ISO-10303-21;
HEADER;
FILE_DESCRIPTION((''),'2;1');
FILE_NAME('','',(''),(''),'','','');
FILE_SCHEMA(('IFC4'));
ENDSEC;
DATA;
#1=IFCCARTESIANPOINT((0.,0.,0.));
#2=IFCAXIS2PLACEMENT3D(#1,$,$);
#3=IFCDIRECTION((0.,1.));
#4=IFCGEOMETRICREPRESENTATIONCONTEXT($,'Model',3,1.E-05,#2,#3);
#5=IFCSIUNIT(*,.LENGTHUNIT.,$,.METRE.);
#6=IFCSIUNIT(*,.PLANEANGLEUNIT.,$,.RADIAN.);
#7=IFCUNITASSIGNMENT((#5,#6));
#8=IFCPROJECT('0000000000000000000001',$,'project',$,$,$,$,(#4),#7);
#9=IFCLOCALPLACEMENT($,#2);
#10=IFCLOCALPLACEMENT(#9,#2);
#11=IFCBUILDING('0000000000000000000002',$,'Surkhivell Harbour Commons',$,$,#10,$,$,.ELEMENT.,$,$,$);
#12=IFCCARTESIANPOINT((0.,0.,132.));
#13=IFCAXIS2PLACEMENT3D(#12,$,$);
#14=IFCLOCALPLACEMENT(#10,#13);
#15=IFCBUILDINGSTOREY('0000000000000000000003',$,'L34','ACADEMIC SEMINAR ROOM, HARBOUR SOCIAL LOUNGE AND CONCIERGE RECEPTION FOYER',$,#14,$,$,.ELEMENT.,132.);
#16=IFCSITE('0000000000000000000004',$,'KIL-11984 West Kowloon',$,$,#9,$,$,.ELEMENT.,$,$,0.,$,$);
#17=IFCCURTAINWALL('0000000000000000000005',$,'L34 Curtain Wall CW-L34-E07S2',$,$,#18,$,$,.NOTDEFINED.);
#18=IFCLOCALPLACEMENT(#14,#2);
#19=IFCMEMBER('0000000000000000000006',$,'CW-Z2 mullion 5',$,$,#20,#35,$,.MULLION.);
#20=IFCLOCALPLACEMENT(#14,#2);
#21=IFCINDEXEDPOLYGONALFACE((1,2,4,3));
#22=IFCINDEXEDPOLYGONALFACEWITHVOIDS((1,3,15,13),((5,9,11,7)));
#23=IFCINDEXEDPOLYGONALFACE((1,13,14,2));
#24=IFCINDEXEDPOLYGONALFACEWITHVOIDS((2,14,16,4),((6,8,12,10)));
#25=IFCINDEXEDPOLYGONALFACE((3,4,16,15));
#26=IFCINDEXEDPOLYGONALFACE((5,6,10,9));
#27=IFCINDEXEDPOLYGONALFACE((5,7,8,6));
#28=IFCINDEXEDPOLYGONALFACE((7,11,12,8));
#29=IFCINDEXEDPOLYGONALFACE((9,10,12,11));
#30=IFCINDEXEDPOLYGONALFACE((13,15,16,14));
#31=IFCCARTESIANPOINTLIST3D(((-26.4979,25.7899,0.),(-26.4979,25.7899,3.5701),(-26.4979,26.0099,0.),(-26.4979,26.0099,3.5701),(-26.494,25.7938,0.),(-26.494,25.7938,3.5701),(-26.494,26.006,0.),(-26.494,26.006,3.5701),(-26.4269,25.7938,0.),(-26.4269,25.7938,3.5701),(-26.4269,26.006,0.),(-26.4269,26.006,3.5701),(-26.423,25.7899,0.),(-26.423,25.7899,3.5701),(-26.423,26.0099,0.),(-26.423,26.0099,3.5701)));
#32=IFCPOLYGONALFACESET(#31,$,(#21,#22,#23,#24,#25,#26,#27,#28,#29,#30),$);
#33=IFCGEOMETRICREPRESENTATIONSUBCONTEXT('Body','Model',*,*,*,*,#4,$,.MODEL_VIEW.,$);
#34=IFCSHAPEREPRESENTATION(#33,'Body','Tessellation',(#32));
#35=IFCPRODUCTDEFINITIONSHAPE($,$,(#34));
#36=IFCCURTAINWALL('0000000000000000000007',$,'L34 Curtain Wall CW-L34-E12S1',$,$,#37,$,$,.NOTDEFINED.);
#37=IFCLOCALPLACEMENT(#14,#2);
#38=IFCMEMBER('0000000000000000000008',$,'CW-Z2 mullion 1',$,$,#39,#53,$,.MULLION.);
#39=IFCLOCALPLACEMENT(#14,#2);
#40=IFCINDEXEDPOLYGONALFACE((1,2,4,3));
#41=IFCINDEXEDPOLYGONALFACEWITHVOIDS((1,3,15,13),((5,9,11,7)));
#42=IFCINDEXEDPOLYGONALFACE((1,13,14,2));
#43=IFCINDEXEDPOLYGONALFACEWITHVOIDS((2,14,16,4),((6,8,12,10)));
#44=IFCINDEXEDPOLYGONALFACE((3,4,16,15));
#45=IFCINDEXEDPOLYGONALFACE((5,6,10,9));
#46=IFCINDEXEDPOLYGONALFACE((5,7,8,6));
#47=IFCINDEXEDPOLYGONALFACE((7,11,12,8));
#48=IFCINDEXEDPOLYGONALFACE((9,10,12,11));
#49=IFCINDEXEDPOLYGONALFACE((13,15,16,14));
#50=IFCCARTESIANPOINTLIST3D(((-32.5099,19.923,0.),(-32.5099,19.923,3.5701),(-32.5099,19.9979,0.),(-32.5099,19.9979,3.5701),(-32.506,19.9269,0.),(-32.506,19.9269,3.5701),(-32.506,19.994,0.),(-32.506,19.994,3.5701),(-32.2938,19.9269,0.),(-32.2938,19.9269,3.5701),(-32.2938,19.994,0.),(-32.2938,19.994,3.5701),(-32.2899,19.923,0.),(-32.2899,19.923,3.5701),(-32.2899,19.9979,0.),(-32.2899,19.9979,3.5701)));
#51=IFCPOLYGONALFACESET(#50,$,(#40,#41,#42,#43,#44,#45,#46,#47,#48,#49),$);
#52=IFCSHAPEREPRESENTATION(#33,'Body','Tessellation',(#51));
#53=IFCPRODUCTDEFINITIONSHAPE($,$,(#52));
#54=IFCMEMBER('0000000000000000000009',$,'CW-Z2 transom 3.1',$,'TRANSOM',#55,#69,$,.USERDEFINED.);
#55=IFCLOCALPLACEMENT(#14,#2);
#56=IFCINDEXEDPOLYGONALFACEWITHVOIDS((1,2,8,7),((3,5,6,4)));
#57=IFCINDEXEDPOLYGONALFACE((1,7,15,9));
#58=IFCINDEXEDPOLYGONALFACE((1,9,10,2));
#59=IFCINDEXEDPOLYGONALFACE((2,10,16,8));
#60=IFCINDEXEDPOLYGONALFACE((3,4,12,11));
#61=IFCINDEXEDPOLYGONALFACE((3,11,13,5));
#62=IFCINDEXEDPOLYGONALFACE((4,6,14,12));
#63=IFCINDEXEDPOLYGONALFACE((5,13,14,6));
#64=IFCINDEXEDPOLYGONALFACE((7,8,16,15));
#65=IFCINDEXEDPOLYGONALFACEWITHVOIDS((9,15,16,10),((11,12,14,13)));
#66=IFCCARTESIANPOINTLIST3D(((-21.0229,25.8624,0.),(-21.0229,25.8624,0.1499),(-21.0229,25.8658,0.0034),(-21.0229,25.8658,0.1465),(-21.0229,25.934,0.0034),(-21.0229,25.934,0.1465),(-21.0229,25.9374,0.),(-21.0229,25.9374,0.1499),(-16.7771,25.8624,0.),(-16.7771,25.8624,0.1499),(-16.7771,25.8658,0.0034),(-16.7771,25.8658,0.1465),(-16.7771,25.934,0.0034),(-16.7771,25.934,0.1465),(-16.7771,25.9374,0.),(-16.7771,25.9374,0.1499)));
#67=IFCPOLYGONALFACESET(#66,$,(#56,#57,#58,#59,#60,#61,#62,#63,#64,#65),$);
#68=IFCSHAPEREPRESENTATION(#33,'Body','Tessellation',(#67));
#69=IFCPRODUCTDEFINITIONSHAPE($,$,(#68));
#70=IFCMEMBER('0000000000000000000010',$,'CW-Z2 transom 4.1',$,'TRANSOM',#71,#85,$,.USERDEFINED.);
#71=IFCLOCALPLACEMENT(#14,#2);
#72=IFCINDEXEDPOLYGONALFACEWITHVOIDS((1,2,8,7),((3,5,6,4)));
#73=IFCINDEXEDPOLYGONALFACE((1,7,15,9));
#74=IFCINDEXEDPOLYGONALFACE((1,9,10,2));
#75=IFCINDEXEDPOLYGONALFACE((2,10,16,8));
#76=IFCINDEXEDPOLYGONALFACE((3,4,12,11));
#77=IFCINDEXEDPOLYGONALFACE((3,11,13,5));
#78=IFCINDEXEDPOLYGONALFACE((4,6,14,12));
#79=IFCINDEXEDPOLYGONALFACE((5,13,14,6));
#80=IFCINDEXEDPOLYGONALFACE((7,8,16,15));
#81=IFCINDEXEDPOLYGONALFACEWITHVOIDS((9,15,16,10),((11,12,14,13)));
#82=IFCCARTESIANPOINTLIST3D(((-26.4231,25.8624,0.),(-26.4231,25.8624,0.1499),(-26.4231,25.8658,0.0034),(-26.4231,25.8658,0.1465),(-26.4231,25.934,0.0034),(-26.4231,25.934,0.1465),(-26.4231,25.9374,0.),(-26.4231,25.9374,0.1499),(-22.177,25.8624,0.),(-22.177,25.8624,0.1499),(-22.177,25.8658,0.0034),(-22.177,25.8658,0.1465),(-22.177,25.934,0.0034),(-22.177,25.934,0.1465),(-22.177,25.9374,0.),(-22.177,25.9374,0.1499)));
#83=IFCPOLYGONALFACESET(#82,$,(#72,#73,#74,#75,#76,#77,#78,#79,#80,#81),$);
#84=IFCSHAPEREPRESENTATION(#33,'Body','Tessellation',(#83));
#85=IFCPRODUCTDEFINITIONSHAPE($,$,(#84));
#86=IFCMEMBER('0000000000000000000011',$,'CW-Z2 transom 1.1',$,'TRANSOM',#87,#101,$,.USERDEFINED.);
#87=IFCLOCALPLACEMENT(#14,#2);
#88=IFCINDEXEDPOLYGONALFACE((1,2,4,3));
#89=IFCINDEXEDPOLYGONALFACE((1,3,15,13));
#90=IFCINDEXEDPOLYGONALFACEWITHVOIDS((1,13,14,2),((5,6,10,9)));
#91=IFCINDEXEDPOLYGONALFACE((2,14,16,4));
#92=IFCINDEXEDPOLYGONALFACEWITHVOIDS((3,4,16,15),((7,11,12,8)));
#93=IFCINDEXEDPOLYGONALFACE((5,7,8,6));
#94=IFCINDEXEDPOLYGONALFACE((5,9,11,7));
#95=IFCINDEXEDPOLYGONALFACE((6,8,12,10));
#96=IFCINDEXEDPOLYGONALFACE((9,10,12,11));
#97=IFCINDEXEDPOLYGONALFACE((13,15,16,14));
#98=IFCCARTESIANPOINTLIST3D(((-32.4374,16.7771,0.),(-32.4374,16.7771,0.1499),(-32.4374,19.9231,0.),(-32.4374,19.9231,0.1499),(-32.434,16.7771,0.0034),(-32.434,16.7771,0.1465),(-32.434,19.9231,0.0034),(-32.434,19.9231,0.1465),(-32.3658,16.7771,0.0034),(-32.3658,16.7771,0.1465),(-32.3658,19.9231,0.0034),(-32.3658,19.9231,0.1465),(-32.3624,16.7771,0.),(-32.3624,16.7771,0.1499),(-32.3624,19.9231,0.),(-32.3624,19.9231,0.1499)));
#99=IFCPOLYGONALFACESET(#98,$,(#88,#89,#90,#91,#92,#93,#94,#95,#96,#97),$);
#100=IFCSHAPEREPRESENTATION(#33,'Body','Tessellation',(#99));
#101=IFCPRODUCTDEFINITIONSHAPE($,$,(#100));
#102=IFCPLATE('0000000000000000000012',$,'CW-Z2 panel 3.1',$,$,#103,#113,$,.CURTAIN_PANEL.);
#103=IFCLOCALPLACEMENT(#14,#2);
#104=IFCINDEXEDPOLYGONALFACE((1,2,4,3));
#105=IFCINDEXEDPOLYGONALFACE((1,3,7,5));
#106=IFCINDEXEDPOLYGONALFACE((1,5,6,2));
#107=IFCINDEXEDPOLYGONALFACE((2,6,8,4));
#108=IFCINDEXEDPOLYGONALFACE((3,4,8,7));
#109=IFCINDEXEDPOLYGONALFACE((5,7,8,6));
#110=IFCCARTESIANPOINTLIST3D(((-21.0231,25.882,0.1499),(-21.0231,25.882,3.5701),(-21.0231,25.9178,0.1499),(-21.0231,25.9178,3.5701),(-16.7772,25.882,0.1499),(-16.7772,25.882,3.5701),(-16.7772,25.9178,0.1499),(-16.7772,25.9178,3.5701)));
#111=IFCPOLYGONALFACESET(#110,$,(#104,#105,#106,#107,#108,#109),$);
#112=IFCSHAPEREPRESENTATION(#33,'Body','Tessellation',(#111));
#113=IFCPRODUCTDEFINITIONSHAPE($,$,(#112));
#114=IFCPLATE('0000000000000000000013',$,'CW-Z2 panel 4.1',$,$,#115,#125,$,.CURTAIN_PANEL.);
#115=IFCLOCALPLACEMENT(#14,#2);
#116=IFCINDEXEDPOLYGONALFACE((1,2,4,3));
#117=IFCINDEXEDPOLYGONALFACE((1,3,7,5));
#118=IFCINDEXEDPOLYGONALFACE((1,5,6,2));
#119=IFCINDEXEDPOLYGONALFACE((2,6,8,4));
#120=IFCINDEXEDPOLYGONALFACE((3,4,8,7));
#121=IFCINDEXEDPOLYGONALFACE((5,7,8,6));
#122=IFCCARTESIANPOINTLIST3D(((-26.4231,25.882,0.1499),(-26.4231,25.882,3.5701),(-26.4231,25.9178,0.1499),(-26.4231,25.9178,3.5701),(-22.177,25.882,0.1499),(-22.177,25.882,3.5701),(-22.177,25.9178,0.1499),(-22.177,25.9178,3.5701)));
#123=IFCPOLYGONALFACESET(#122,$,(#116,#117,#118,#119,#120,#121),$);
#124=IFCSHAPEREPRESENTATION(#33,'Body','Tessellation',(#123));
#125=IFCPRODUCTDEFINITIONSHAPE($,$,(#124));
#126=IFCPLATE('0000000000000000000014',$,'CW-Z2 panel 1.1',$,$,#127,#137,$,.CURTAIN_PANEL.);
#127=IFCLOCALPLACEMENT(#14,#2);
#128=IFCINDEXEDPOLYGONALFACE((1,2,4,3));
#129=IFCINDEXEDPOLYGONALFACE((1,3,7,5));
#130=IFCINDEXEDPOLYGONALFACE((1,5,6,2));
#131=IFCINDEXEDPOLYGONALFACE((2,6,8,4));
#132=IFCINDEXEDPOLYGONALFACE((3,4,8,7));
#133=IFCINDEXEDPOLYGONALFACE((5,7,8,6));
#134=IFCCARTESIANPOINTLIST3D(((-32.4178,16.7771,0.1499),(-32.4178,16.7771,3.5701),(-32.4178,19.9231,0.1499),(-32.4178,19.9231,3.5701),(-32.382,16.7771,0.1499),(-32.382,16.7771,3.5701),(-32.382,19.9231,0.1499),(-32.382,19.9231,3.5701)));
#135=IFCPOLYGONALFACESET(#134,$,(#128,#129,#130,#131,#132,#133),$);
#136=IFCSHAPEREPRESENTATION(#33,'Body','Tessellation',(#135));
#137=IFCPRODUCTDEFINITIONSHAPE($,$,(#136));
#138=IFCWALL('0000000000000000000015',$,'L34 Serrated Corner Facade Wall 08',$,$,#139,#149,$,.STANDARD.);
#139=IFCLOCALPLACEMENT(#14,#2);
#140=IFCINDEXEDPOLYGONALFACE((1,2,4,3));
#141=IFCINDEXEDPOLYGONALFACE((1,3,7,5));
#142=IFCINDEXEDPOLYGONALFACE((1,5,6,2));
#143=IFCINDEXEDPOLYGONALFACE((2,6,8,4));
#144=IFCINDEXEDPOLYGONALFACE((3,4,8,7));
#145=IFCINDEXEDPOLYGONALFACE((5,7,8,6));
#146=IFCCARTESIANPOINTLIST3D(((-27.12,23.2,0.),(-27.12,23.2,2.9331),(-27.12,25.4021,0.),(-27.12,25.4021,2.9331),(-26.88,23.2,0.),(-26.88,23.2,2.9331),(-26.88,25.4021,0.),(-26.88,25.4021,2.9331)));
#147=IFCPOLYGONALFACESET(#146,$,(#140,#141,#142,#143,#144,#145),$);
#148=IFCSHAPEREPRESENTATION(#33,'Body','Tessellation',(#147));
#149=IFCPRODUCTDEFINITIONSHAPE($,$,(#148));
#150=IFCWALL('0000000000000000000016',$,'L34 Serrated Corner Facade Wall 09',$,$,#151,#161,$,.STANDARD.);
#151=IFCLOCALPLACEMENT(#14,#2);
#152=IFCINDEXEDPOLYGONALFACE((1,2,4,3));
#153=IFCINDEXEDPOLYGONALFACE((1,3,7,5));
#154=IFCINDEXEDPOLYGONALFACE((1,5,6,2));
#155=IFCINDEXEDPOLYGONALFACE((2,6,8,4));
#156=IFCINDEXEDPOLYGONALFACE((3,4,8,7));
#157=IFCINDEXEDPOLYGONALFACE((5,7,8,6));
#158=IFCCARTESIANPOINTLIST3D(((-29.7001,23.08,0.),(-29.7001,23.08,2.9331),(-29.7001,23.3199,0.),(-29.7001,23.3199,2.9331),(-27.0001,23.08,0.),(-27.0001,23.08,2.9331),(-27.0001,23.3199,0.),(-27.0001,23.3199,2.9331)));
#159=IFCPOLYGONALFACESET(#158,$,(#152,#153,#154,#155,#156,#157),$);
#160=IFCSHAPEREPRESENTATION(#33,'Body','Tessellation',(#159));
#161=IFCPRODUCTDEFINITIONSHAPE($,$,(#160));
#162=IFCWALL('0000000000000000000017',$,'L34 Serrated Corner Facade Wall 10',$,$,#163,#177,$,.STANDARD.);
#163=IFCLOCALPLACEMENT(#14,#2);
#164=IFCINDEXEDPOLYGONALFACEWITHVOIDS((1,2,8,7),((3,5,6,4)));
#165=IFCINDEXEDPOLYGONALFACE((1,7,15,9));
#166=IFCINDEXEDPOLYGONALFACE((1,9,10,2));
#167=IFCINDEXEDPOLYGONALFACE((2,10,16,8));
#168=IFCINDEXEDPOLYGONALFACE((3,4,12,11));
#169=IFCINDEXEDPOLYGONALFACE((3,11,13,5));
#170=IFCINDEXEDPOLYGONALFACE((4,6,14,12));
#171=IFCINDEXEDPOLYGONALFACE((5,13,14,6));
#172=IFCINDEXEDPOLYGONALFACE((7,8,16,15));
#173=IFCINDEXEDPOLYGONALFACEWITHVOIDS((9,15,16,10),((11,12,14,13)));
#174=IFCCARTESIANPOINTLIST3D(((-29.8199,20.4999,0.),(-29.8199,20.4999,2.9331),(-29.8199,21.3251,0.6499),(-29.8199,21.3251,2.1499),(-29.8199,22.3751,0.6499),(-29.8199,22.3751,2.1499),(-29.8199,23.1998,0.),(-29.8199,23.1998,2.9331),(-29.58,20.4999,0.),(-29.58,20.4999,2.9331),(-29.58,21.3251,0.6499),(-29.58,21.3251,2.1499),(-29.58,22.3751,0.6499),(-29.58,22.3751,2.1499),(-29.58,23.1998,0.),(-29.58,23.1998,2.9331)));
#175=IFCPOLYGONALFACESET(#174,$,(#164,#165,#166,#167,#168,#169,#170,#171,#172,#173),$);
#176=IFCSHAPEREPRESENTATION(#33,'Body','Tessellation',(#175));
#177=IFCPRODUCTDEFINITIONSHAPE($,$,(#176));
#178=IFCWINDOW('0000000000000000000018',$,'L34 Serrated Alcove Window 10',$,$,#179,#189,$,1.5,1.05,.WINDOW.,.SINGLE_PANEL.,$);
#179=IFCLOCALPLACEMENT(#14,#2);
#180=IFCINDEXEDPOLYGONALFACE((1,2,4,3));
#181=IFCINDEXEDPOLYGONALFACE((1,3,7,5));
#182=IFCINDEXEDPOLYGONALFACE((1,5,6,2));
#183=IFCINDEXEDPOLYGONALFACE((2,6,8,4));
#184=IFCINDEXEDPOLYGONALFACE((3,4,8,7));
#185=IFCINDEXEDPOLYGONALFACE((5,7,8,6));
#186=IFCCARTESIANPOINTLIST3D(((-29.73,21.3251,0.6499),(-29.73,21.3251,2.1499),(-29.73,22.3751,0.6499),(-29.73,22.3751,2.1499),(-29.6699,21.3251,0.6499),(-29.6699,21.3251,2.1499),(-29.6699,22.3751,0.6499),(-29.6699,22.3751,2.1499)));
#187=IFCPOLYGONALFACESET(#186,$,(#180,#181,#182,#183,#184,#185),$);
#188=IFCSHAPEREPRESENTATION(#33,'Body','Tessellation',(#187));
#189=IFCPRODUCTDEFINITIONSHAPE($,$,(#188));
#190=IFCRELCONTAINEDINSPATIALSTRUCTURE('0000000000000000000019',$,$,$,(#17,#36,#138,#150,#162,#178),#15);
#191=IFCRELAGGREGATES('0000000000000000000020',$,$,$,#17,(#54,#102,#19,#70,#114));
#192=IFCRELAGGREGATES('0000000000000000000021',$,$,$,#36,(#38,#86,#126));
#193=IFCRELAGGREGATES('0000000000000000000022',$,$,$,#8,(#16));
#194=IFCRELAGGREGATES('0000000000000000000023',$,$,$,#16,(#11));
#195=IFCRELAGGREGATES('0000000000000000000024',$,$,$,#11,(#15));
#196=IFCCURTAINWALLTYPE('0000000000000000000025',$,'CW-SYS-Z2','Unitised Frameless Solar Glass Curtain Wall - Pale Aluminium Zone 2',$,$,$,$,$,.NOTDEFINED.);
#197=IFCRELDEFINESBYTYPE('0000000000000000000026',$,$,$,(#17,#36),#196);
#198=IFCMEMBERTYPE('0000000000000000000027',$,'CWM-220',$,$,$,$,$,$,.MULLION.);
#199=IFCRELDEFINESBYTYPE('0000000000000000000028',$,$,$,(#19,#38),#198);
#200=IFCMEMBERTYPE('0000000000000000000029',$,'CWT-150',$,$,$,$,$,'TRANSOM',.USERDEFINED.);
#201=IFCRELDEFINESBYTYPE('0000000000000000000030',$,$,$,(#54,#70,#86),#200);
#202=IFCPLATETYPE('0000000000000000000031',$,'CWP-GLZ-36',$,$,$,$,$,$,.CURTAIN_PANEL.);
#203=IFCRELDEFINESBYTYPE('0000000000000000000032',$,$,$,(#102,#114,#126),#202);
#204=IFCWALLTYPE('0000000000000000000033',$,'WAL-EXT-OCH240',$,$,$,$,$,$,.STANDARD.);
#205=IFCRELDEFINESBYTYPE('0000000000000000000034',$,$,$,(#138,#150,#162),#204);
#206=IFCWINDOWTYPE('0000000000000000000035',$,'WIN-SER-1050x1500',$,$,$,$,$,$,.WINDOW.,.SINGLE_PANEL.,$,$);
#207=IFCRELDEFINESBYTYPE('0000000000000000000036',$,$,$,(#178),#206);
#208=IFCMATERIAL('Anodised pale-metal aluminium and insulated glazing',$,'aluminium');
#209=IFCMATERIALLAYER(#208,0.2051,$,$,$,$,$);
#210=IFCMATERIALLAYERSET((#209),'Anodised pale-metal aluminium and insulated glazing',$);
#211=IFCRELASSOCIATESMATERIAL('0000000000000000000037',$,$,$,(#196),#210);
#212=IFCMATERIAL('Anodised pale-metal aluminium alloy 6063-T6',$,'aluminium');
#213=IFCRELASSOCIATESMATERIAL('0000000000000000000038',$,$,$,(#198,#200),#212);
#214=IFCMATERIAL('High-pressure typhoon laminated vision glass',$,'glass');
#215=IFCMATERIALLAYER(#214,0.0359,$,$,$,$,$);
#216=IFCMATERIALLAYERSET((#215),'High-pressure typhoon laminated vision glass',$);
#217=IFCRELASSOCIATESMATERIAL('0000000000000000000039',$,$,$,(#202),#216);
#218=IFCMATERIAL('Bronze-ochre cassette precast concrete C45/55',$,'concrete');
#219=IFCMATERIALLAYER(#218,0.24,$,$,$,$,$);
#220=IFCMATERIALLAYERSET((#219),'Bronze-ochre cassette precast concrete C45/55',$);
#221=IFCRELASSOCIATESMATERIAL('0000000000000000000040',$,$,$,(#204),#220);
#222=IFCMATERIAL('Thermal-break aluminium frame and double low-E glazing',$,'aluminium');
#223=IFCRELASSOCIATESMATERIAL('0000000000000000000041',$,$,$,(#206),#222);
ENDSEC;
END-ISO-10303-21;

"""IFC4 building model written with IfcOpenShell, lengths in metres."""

from ifc_helpers import new_model, si_unit, direction, frame, frame_2d, origin, origin_2d, place, context, subcontext, project, spatial, rectangle, hollow_rectangle, extrude, material, layer, layer_set, material_profile, profile_set, type_object, element, fill, aggregate, save


model = new_model("IFC4")

# Units and contexts
model_context = context("Model", 3, precision=1e-05, world=origin(), true_north=direction((0.0, 1.0)))
body_context = subcontext(model_context, "Body", "Model", "MODEL_VIEW")
ifc_project = project(units=[si_unit("LENGTHUNIT", "METRE"), si_unit("PLANEANGLEUNIT", "RADIAN")], contexts=[model_context])

# Site, building, storey
site_placement = place(None, origin())
site = spatial("IfcSite", under=ifc_project, at=site_placement, Name="KIL-11984 West Kowloon", CompositionType="ELEMENT", RefElevation=0.0)
building_placement = place(site_placement, origin())
building = spatial("IfcBuilding", under=site, at=building_placement, Name="Surkhivell Harbour Commons", CompositionType="ELEMENT")
storey_placement = place(building_placement, frame((0.0, 0.0, 132.0)))
storey = spatial("IfcBuildingStorey", under=building, at=storey_placement, Name="L34", Description="ACADEMIC SEMINAR ROOM, HARBOUR SOCIAL LOUNGE AND CONCIERGE RECEPTION FOYER", CompositionType="ELEMENT", Elevation=132.0)

# Curtain wall, member
ifc_material_1 = material(Name="Anodised pale-metal aluminium and insulated glazing", Category="aluminium")
ifc_layer_1 = layer(ifc_material_1, 0.2051)
ifc_layer_set_1 = layer_set([ifc_layer_1], Name="Anodised pale-metal aluminium and insulated glazing")
curtain_wall_type = type_object("IfcCurtainWallType", Name="CW-SYS-Z2", Description="Unitised Frameless Solar Glass Curtain Wall - Pale Aluminium Zone 2", PredefinedType="NOTDEFINED", material=ifc_layer_set_1)
curtain_wall_1_placement = place(storey_placement, origin())
curtain_wall_1 = element("IfcCurtainWall", 1, at=curtain_wall_1_placement, inside=storey, type_object=curtain_wall_type, Name="L34 Curtain Wall CW-L34-E07S2", PredefinedType="NOTDEFINED")
ifc_material_2 = material(Name="Anodised pale-metal aluminium alloy 6063-T6", Category="aluminium")
ifc_material_profile_1 = material_profile(ifc_material_2, hollow_rectangle(XDim=0.075, YDim=0.22, WallThickness=0.0039, at=origin_2d()), Name="ALU-MULL-75x220")
ifc_profile_set_1 = profile_set([ifc_material_profile_1], Name="Anodised pale-metal aluminium alloy 6063-T6")
member_type_1 = type_object("IfcMemberType", Name="CWM-220", PredefinedType="MULLION", material=ifc_profile_set_1)
member_1_placement = place(storey_placement, frame((-26.4604, 25.8999, 0.0), z_axis=(0.0, 0.0, 1.0), x_axis=(-1.0, 0.0, 0.0)))
member_1 = element("IfcMember", 2, at=member_1_placement, type_object=member_type_1, Name="CW-Z2 mullion 5", PredefinedType="MULLION", context=body_context, shape_type="SweptSolid", body=[
    extrude(hollow_rectangle(XDim=0.075, YDim=0.22, WallThickness=0.0039, at=origin_2d()), origin(), (0.0, 0.0, 1.0), 3.5701),
])

# Curtain wall, member
curtain_wall_2_placement = place(storey_placement, origin())
curtain_wall_2 = element("IfcCurtainWall", 3, at=curtain_wall_2_placement, inside=storey, type_object=curtain_wall_type, Name="L34 Curtain Wall CW-L34-E12S1", PredefinedType="NOTDEFINED")
member_2_placement = place(storey_placement, frame((-32.3999, 19.9604, 0.0), z_axis=(0.0, 0.0, 1.0), x_axis=(0.0, -1.0, 0.0)))
member_2 = element("IfcMember", 4, at=member_2_placement, type_object=member_type_1, Name="CW-Z2 mullion 1", PredefinedType="MULLION", context=body_context, shape_type="SweptSolid", body=[
    extrude(hollow_rectangle(XDim=0.075, YDim=0.22, WallThickness=0.0039, at=origin_2d()), origin(), (0.0, 0.0, 1.0), 3.5701),
])

# Members
ifc_material_profile_2 = material_profile(ifc_material_2, hollow_rectangle(XDim=0.075, YDim=0.1499, WallThickness=0.0034, at=origin_2d()), Name="ALU-TRAN-75x150")
ifc_profile_set_2 = profile_set([ifc_material_profile_2], Name="Anodised pale-metal aluminium alloy 6063-T6")
member_type_2 = type_object("IfcMemberType", Name="CWT-150", ElementType="TRANSOM", PredefinedType="USERDEFINED", material=ifc_profile_set_2)
member_3_placement = place(storey_placement, frame((-16.7771, 25.8999, 0.075), z_axis=(-1.0, 0.0, 0.0), x_axis=(0.0, -1.0, 0.0)))
member_3 = element("IfcMember", 5, at=member_3_placement, type_object=member_type_2, Name="CW-Z2 transom 3.1", ObjectType="TRANSOM", PredefinedType="USERDEFINED", context=body_context, shape_type="SweptSolid", body=[
    extrude(hollow_rectangle(XDim=0.075, YDim=0.1499, WallThickness=0.0034, at=origin_2d()), origin(), (0.0, 0.0, 1.0), 4.2458),
])
member_4_placement = place(storey_placement, frame((-22.177, 25.8999, 0.075), z_axis=(-1.0, 0.0, 0.0), x_axis=(0.0, -1.0, 0.0)))
member_4 = element("IfcMember", 6, at=member_4_placement, type_object=member_type_2, Name="CW-Z2 transom 4.1", ObjectType="TRANSOM", PredefinedType="USERDEFINED", context=body_context, shape_type="SweptSolid", body=[
    extrude(hollow_rectangle(XDim=0.075, YDim=0.1499, WallThickness=0.0034, at=origin_2d()), origin(), (0.0, 0.0, 1.0), 4.2461),
])
member_5_placement = place(storey_placement, frame((-32.3999, 19.9231, 0.075), z_axis=(0.0, -1.0, 0.0), x_axis=(1.0, 0.0, 0.0)))
member_5 = element("IfcMember", 7, at=member_5_placement, type_object=member_type_2, Name="CW-Z2 transom 1.1", ObjectType="TRANSOM", PredefinedType="USERDEFINED", context=body_context, shape_type="SweptSolid", body=[
    extrude(hollow_rectangle(XDim=0.075, YDim=0.1499, WallThickness=0.0034, at=origin_2d()), origin(), (0.0, 0.0, 1.0), 3.146),
])

# Plates
ifc_material_3 = material(Name="High-pressure typhoon laminated vision glass", Category="glass")
ifc_layer_2 = layer(ifc_material_3, 0.0359)
ifc_layer_set_2 = layer_set([ifc_layer_2], Name="High-pressure typhoon laminated vision glass")
plate_type = type_object("IfcPlateType", Name="CWP-GLZ-36", PredefinedType="CURTAIN_PANEL", material=ifc_layer_set_2)
plate_1_placement = place(storey_placement, frame((-16.7771, 25.8999, 0.1499), z_axis=(0.0, 0.0, 1.0), x_axis=(-1.0, 0.0, 0.0)))
plate_1 = element("IfcPlate", 8, at=plate_1_placement, type_object=plate_type, Name="CW-Z2 panel 3.1", PredefinedType="CURTAIN_PANEL", context=body_context, shape_type="SweptSolid", body=[
    extrude(rectangle(XDim=4.2458, YDim=0.0359, at=frame_2d((2.123, 0.0))), origin(), (0.0, 0.0, 1.0), 3.4202),
])
plate_2_placement = place(storey_placement, frame((-22.177, 25.8999, 0.1499), z_axis=(0.0, 0.0, 1.0), x_axis=(-1.0, 0.0, 0.0)))
plate_2 = element("IfcPlate", 9, at=plate_2_placement, type_object=plate_type, Name="CW-Z2 panel 4.1", PredefinedType="CURTAIN_PANEL", context=body_context, shape_type="SweptSolid", body=[
    extrude(rectangle(XDim=4.2461, YDim=0.0359, at=frame_2d((2.123, 0.0))), origin(), (0.0, 0.0, 1.0), 3.4202),
])
aggregate(curtain_wall_1, [member_3, plate_1, member_1, member_4, plate_2])
plate_3_placement = place(storey_placement, frame((-32.3999, 19.9231, 0.1499), z_axis=(0.0, 0.0, 1.0), x_axis=(0.0, -1.0, 0.0)))
plate_3 = element("IfcPlate", 10, at=plate_3_placement, type_object=plate_type, Name="CW-Z2 panel 1.1", PredefinedType="CURTAIN_PANEL", context=body_context, shape_type="SweptSolid", body=[
    extrude(rectangle(XDim=3.146, YDim=0.0359, at=frame_2d((1.573, 0.0))), origin(), (0.0, 0.0, 1.0), 3.4202),
])
aggregate(curtain_wall_2, [member_2, member_5, plate_3])

# Walls
ifc_material_4 = material(Name="Bronze-ochre cassette precast concrete C45/55", Category="concrete")
ifc_layer_3 = layer(ifc_material_4, 0.24)
ifc_layer_set_3 = layer_set([ifc_layer_3], Name="Bronze-ochre cassette precast concrete C45/55")
wall_type = type_object("IfcWallType", Name="WAL-EXT-OCH240", PredefinedType="STANDARD", material=ifc_layer_set_3)
wall_1_placement = place(storey_placement, frame((-27.0, 25.4021, 0.0), z_axis=(0.0, 0.0, 1.0), x_axis=(0.0, -1.0, 0.0)))
element("IfcWall", 11, at=wall_1_placement, inside=storey, type_object=wall_type, Name="L34 Serrated Corner Facade Wall 08", PredefinedType="STANDARD", context=body_context, shape_type="SweptSolid", body=[
    extrude(rectangle(XDim=2.2021, YDim=0.24, at=frame_2d((1.1011, 0.0))), origin(), (0.0, 0.0, 1.0), 2.9331),
])
wall_2_placement = place(storey_placement, frame((-27.0, 23.2, 0.0), z_axis=(0.0, 0.0, 1.0), x_axis=(-1.0, 0.0, 0.0)))
element("IfcWall", 12, at=wall_2_placement, inside=storey, type_object=wall_type, Name="L34 Serrated Corner Facade Wall 09", PredefinedType="STANDARD", context=body_context, shape_type="SweptSolid", body=[
    extrude(rectangle(XDim=2.7, YDim=0.24, at=frame_2d((1.3501, 0.0))), origin(), (0.0, 0.0, 1.0), 2.9331),
])

# Wall, opening, window
wall_3_placement = place(storey_placement, frame((-29.7, 23.2, 0.0), z_axis=(0.0, 0.0, 1.0), x_axis=(0.0, -1.0, 0.0)))
wall_3 = element("IfcWall", 13, at=wall_3_placement, inside=storey, type_object=wall_type, Name="L34 Serrated Corner Facade Wall 10", PredefinedType="STANDARD", context=body_context, shape_type="SweptSolid", body=[
    extrude(rectangle(XDim=2.7, YDim=0.24, at=frame_2d((1.3501, 0.0))), origin(), (0.0, 0.0, 1.0), 2.9331),
])
opening_placement = place(wall_3_placement, frame((0.825, 0.0, 0.6499)))
opening = element("IfcOpeningElement", 14, at=opening_placement, cuts=wall_3, PredefinedType="OPENING", context=body_context, shape_type="SweptSolid", body=[
    extrude(rectangle(XDim=1.05, YDim=1.5, at=frame_2d((0.5249, 0.75))), frame((0.0, 0.1299, 0.0), z_axis=(0.0, -1.0, 0.0), x_axis=(1.0, 0.0, 0.0)), (0.0, 0.0, 1.0), 0.26),
])
ifc_material_5 = material(Name="Thermal-break aluminium frame and double low-E glazing", Category="aluminium")
window_type = type_object("IfcWindowType", Name="WIN-SER-1050x1500", PartitioningType="SINGLE_PANEL", PredefinedType="WINDOW", material=ifc_material_5)
window_placement = place(opening_placement, origin())
window = element("IfcWindow", 15, at=window_placement, inside=storey, type_object=window_type, Name="L34 Serrated Alcove Window 10", OverallHeight=1.5, OverallWidth=1.05, PartitioningType="SINGLE_PANEL", PredefinedType="WINDOW", context=body_context, shape_type="SweptSolid", body=[
    extrude(rectangle(XDim=1.05, YDim=1.5, at=frame_2d((0.5249, 0.75))), frame((0.0, 0.03, 0.0), z_axis=(0.0, -1.0, 0.0), x_axis=(1.0, 0.0, 0.0)), (0.0, 0.0, 1.0), 0.0601),
])
fill(opening, window)

save(model, "model.ifc")
